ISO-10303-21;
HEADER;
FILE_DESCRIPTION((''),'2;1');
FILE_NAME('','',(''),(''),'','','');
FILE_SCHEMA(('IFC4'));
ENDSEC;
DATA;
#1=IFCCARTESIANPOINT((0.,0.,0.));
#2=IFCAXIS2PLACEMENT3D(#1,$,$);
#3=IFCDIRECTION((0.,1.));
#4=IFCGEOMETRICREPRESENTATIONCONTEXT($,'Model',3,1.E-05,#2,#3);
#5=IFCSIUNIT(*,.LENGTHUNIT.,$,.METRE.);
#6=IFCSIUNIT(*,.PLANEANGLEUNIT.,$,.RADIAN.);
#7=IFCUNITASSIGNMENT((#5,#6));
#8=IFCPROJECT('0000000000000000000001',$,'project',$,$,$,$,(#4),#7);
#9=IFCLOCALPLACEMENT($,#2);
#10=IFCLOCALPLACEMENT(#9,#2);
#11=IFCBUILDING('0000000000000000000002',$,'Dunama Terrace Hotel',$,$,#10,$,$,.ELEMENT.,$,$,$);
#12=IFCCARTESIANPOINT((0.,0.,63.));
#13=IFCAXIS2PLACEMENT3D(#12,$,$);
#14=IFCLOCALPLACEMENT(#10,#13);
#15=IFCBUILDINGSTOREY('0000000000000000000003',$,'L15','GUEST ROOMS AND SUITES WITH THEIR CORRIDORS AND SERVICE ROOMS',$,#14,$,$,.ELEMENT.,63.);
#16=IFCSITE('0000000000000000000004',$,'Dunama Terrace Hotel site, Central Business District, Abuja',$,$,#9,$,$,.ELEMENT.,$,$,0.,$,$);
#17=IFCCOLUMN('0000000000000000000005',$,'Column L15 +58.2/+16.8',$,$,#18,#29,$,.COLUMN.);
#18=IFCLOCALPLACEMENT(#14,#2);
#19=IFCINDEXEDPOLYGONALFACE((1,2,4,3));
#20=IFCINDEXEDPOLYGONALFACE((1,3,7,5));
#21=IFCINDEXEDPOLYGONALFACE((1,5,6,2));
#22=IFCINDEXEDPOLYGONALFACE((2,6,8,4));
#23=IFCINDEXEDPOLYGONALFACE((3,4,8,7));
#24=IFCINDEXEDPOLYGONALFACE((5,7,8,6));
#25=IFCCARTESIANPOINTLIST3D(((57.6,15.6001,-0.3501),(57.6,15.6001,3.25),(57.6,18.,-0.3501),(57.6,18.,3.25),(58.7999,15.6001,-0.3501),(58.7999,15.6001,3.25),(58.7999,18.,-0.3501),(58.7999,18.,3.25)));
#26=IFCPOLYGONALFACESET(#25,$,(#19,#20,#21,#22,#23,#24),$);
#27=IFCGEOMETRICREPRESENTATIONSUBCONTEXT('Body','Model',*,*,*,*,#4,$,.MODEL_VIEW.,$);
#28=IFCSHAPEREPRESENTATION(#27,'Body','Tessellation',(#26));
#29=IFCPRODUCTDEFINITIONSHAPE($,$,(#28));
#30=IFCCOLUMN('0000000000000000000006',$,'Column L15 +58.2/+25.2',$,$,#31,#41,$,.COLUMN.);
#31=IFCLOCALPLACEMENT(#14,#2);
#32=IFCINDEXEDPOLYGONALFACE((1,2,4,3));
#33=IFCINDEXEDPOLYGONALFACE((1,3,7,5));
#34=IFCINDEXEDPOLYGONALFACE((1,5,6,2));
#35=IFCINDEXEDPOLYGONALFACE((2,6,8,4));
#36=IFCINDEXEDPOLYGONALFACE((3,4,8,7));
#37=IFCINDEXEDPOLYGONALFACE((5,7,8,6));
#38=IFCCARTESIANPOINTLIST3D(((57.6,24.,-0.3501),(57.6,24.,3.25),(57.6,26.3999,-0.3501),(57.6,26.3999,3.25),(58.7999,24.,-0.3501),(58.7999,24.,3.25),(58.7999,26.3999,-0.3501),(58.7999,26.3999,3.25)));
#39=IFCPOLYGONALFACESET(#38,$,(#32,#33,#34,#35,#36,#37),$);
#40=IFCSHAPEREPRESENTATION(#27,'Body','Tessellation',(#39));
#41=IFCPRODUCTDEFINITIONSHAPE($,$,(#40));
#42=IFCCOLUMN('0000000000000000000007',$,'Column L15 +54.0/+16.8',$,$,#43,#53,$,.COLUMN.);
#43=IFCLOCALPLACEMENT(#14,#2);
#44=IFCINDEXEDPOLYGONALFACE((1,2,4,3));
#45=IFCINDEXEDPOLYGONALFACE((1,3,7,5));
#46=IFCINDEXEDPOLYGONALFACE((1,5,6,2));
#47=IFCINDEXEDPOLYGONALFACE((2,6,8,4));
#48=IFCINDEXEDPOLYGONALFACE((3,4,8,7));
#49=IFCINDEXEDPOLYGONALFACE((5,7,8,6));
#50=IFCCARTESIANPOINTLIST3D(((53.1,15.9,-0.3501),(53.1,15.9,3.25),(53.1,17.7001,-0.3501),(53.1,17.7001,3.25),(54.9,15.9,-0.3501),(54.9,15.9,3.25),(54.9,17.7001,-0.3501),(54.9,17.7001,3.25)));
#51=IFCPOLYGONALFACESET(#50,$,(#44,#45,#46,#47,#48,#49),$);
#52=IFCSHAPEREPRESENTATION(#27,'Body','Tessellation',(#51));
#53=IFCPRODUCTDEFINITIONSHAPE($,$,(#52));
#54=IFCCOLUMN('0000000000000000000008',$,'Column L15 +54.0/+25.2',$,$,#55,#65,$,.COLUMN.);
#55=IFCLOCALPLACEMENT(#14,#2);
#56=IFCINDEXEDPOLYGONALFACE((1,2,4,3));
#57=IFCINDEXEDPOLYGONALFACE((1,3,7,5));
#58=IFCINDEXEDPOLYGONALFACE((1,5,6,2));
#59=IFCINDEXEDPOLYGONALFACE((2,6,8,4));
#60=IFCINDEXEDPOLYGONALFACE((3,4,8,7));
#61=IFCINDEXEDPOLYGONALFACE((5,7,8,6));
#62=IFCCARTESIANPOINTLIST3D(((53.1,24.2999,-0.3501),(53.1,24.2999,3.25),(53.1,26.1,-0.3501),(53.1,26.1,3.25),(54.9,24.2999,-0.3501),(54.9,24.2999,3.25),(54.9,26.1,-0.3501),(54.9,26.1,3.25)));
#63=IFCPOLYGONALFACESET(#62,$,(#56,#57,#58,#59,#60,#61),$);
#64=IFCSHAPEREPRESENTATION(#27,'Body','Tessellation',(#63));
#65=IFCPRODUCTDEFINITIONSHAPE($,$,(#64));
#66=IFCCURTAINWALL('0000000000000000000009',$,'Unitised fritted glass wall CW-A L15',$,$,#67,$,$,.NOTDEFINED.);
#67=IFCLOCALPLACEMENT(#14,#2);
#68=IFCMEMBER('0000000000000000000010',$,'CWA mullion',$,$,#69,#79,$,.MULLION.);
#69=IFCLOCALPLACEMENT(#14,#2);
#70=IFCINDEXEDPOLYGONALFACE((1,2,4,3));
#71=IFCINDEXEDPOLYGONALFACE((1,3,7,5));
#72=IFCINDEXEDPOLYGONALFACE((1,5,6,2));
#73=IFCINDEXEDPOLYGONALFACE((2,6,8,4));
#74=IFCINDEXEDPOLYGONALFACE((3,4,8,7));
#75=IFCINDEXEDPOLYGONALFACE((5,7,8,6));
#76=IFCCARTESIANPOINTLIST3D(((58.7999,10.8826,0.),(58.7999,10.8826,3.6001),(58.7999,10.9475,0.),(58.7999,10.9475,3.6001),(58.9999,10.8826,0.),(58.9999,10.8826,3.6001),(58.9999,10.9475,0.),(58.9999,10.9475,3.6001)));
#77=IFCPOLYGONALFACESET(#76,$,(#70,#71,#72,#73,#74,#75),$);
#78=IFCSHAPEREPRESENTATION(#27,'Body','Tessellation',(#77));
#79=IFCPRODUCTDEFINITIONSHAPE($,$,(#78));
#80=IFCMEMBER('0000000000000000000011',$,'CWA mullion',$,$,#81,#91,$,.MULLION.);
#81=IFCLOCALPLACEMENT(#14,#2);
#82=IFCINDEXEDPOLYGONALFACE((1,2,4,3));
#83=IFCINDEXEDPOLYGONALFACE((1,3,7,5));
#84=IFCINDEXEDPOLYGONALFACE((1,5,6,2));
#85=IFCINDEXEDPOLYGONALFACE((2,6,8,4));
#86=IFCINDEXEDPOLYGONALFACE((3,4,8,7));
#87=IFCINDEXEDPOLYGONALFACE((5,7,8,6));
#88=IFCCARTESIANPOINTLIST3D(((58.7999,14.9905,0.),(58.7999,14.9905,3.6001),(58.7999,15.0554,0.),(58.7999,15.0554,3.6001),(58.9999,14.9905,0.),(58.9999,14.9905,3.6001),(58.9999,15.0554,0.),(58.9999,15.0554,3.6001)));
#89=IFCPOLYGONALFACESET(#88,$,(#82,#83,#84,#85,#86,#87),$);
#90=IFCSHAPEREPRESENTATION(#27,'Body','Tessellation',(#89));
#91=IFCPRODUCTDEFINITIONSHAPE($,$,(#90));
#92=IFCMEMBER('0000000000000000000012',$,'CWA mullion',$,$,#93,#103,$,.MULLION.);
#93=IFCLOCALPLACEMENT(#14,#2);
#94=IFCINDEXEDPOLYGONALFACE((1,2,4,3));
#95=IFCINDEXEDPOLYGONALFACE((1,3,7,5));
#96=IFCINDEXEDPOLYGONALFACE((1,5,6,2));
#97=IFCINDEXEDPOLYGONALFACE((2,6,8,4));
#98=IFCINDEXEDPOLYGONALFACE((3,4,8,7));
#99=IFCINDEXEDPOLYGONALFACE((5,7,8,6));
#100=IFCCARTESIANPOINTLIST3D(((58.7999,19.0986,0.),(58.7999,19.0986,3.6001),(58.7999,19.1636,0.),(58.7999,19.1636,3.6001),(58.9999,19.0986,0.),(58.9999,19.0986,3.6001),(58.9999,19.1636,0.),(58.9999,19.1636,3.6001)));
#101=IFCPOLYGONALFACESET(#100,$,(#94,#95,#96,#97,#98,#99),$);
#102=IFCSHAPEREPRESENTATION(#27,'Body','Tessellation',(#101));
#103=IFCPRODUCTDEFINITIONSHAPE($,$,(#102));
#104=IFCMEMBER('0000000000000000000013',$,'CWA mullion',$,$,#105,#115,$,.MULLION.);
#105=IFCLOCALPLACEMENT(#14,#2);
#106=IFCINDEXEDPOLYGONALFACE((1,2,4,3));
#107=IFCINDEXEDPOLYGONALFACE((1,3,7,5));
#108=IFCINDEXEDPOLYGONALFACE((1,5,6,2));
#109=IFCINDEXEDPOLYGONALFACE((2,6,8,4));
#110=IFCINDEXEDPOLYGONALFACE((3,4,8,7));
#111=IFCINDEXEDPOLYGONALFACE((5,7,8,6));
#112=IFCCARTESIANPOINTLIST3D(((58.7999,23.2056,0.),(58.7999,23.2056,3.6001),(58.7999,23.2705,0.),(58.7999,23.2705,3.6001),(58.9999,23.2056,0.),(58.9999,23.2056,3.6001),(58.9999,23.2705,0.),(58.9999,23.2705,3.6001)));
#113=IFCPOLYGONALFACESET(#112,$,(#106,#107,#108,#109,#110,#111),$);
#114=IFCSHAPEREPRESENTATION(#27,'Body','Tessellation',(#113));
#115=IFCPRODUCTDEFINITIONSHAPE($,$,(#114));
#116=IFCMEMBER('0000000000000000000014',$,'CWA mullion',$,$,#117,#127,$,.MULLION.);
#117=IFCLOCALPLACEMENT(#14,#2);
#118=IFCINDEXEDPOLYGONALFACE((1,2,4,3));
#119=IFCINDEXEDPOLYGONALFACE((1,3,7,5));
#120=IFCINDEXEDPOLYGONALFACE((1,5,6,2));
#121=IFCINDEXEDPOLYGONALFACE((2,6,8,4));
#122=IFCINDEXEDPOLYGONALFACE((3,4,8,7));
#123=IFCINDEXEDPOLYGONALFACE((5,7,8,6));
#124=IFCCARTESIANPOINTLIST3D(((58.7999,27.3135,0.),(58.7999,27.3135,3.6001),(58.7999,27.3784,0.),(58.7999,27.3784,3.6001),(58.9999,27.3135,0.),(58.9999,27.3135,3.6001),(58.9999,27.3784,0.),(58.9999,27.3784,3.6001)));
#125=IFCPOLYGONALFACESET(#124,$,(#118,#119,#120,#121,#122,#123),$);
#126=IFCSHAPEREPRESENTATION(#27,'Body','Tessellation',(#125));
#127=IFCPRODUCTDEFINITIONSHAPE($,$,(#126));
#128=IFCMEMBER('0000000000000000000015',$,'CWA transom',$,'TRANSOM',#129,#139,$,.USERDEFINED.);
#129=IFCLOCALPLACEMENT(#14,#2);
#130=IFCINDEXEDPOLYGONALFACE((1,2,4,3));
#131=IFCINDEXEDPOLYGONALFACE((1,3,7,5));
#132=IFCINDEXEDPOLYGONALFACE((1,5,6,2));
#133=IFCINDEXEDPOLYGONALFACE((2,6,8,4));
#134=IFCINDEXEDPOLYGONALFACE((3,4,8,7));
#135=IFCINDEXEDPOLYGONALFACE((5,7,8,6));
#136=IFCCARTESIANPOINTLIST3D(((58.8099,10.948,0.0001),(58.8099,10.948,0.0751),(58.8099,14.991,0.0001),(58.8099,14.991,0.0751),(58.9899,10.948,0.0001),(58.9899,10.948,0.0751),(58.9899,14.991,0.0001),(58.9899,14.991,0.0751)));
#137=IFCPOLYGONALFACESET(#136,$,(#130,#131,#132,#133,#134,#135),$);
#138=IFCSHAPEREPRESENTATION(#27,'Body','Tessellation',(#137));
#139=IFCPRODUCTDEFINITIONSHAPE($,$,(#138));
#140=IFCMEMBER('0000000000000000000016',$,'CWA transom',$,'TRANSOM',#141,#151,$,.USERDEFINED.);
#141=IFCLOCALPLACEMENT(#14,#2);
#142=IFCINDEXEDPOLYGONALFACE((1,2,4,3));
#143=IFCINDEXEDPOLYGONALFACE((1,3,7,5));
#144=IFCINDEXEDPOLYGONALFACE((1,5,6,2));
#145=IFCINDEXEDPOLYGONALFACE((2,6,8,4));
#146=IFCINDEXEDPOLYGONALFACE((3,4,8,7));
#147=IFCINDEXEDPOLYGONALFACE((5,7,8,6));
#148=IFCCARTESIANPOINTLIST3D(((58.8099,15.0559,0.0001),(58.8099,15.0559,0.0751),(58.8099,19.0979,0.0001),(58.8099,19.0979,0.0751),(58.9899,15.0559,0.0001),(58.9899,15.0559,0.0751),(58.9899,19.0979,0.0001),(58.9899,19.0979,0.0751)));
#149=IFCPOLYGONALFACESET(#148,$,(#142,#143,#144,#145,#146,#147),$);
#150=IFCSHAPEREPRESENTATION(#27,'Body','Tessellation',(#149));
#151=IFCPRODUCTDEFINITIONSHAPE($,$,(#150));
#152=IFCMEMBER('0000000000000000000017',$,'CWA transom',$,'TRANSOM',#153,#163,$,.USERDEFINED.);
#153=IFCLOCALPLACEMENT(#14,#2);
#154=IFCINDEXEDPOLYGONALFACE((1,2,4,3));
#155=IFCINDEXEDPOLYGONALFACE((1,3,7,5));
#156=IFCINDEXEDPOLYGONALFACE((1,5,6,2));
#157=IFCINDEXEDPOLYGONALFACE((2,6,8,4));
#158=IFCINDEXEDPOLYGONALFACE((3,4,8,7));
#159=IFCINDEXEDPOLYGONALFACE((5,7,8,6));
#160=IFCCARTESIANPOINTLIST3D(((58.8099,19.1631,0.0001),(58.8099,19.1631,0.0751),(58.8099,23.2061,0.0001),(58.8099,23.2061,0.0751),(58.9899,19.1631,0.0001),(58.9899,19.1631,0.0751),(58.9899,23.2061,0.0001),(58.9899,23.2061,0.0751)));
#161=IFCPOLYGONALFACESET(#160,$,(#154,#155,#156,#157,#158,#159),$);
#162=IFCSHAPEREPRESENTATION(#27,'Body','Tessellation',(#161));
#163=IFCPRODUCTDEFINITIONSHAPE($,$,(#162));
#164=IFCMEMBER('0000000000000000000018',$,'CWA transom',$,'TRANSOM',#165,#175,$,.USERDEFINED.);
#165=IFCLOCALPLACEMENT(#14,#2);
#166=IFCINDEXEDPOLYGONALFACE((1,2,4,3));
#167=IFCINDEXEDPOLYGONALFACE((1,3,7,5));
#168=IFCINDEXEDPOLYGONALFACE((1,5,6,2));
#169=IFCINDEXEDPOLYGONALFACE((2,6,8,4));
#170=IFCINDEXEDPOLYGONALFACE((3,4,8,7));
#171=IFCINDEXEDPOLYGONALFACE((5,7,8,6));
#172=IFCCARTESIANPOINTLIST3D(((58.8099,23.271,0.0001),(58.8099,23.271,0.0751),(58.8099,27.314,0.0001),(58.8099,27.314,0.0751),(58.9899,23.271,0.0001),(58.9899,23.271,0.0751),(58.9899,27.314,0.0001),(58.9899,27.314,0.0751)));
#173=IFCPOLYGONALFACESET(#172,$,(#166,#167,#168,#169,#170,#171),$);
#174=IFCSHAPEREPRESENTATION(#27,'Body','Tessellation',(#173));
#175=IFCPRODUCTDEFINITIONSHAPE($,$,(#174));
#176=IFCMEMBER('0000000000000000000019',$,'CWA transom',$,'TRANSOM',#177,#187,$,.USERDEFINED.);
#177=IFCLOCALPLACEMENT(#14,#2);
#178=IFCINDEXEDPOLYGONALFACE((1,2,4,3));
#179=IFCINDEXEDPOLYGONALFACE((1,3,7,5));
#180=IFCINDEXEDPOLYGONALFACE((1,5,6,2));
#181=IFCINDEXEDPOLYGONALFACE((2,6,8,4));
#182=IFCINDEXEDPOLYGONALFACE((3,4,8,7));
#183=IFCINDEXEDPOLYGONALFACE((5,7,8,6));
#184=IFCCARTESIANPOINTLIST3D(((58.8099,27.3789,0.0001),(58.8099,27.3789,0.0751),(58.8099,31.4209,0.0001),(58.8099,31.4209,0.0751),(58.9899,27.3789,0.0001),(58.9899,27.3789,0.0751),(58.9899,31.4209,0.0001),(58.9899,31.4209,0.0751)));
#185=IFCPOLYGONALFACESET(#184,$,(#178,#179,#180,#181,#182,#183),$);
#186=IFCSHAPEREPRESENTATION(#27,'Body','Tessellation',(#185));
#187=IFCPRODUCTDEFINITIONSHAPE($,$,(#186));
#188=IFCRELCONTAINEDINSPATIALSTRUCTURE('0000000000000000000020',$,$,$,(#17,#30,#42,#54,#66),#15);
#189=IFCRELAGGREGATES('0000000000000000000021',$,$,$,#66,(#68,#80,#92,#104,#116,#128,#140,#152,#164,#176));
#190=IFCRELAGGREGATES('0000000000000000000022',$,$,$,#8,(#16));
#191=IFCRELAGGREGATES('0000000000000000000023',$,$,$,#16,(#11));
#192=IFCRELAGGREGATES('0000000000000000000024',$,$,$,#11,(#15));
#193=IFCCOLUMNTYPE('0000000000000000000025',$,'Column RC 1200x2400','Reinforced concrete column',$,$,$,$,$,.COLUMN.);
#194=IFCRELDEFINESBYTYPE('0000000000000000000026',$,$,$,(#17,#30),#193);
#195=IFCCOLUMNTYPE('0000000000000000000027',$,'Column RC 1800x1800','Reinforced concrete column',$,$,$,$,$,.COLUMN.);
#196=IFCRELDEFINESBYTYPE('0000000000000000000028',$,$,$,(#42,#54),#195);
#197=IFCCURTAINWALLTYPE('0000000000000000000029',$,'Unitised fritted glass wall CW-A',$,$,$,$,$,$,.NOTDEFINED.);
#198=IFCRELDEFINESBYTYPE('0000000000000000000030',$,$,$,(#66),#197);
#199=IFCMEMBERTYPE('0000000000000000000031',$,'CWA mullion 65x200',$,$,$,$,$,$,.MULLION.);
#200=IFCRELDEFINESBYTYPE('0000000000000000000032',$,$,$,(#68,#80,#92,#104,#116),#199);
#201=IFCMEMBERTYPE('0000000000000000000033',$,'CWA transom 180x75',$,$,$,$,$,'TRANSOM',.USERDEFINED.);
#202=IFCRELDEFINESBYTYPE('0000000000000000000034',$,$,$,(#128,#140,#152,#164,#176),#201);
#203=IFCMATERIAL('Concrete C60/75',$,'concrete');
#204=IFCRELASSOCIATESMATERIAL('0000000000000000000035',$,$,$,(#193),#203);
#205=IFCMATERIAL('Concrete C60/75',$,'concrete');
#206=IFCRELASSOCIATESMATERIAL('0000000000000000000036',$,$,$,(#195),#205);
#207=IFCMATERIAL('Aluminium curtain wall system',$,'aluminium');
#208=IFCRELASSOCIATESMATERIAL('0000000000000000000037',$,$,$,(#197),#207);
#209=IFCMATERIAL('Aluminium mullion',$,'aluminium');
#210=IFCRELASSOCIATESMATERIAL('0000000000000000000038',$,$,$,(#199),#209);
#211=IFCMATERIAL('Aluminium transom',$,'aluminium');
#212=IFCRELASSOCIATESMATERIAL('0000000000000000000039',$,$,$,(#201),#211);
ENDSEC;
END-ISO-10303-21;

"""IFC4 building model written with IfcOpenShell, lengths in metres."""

from ifc_helpers import new_model, si_unit, direction, frame, origin, origin_2d, place, context, subcontext, project, spatial, rectangle, extrude, material, material_profile, profile_set, type_object, element, aggregate, save


model = new_model("IFC4")

# Units and contexts
model_context = context("Model", 3, precision=1e-05, world=origin(), true_north=direction((0.0, 1.0)))
body_context = subcontext(model_context, "Body", "Model", "MODEL_VIEW")
ifc_project = project(units=[si_unit("LENGTHUNIT", "METRE"), si_unit("PLANEANGLEUNIT", "RADIAN")], contexts=[model_context])

# Site, building, storey
site_placement = place(None, origin())
site = spatial("IfcSite", under=ifc_project, at=site_placement, Name="Dunama Terrace Hotel site, Central Business District, Abuja", CompositionType="ELEMENT", RefElevation=0.0)
building_placement = place(site_placement, origin())
building = spatial("IfcBuilding", under=site, at=building_placement, Name="Dunama Terrace Hotel", CompositionType="ELEMENT")
storey_placement = place(building_placement, frame((0.0, 0.0, 63.0)))
storey = spatial("IfcBuildingStorey", under=building, at=storey_placement, Name="L15", Description="GUEST ROOMS AND SUITES WITH THEIR CORRIDORS AND SERVICE ROOMS", CompositionType="ELEMENT", Elevation=63.0)

# Columns
ifc_material_1 = material(Name="Concrete C60/75", Category="concrete")
ifc_material_profile_1 = material_profile(ifc_material_1, rectangle(XDim=1.2, YDim=2.3999, at=origin_2d()), Name="RC 1200x2400")
ifc_profile_set_1 = profile_set([ifc_material_profile_1], Name="Concrete C60/75")
column_type_1 = type_object("IfcColumnType", Name="Column RC 1200x2400", Description="Reinforced concrete column", PredefinedType="COLUMN", material=ifc_profile_set_1)
for number, where, z_axis, x_axis, name in (
    (1, (58.2, 16.8, -0.3501), (0.0, 0.0, 1.0), (1.0, 0.0, 0.0), "Column L15 +58.2/+16.8"),
    (2, (58.2, 25.2, -0.3501), (0.0, 0.0, 1.0), (1.0, 0.0, 0.0), "Column L15 +58.2/+25.2"),
):
    element("IfcColumn", number, at=place(storey_placement, frame(where, z_axis=z_axis, x_axis=x_axis)), inside=storey, type_object=column_type_1, Name=name, PredefinedType="COLUMN", context=body_context, shape_type="SweptSolid", body=[
        extrude(rectangle(XDim=1.2, YDim=2.3999, at=origin_2d()), origin(), (0.0, 0.0, 1.0), 3.6001),
    ])
ifc_material_2 = material(Name="Concrete C60/75", Category="concrete")
ifc_material_profile_2 = material_profile(ifc_material_2, rectangle(XDim=1.8, YDim=1.8, at=origin_2d()), Name="RC 1800x1800")
ifc_profile_set_2 = profile_set([ifc_material_profile_2], Name="Concrete C60/75")
column_type_2 = type_object("IfcColumnType", Name="Column RC 1800x1800", Description="Reinforced concrete column", PredefinedType="COLUMN", material=ifc_profile_set_2)
for number, where, z_axis, x_axis, name in (
    (3, (54.0, 16.8, -0.3501), (0.0, 0.0, 1.0), (1.0, 0.0, 0.0), "Column L15 +54.0/+16.8"),
    (4, (54.0, 25.2, -0.3501), (0.0, 0.0, 1.0), (1.0, 0.0, 0.0), "Column L15 +54.0/+25.2"),
):
    element("IfcColumn", number, at=place(storey_placement, frame(where, z_axis=z_axis, x_axis=x_axis)), inside=storey, type_object=column_type_2, Name=name, PredefinedType="COLUMN", context=body_context, shape_type="SweptSolid", body=[
        extrude(rectangle(XDim=1.8, YDim=1.8, at=origin_2d()), origin(), (0.0, 0.0, 1.0), 3.6001),
    ])

# Curtain wall, members
ifc_material_3 = material(Name="Aluminium curtain wall system", Category="aluminium")
curtain_wall_type = type_object("IfcCurtainWallType", Name="Unitised fritted glass wall CW-A", PredefinedType="NOTDEFINED", material=ifc_material_3)
curtain_wall_placement = place(storey_placement, origin())
curtain_wall = element("IfcCurtainWall", 5, at=curtain_wall_placement, inside=storey, type_object=curtain_wall_type, Name="Unitised fritted glass wall CW-A L15", PredefinedType="NOTDEFINED")
ifc_material_4 = material(Name="Aluminium mullion", Category="aluminium")
ifc_material_profile_3 = material_profile(ifc_material_4, rectangle(XDim=0.0649, YDim=0.2, at=origin_2d()), Name="CWA MULLION 65X200")
ifc_profile_set_3 = profile_set([ifc_material_profile_3], Name="Aluminium mullion")
member_type_1 = type_object("IfcMemberType", Name="CWA mullion 65x200", PredefinedType="MULLION", material=ifc_profile_set_3)
member_1_placement = place(storey_placement, frame((58.8999, 10.915, 0.0), z_axis=(0.0, 0.0, 1.0), x_axis=(0.0, 1.0, 0.0)))
member_1 = element("IfcMember", 6, at=member_1_placement, type_object=member_type_1, Name="CWA mullion", PredefinedType="MULLION", context=body_context, shape_type="SweptSolid", body=[
    extrude(rectangle(XDim=0.0649, YDim=0.2, at=origin_2d()), origin(), (0.0, 0.0, 1.0), 3.6001),
])
member_2_placement = place(storey_placement, frame((58.8999, 15.0229, 0.0), z_axis=(0.0, 0.0, 1.0), x_axis=(0.0, 1.0, 0.0)))
member_2 = element("IfcMember", 7, at=member_2_placement, type_object=member_type_1, Name="CWA mullion", PredefinedType="MULLION", context=body_context, shape_type="SweptSolid", body=[
    extrude(rectangle(XDim=0.0649, YDim=0.2, at=origin_2d()), origin(), (0.0, 0.0, 1.0), 3.6001),
])
member_3_placement = place(storey_placement, frame((58.8999, 19.1311, 0.0), z_axis=(0.0, 0.0, 1.0), x_axis=(0.0, 1.0, 0.0)))
member_3 = element("IfcMember", 8, at=member_3_placement, type_object=member_type_1, Name="CWA mullion", PredefinedType="MULLION", context=body_context, shape_type="SweptSolid", body=[
    extrude(rectangle(XDim=0.0649, YDim=0.2, at=origin_2d()), origin(), (0.0, 0.0, 1.0), 3.6001),
])
member_4_placement = place(storey_placement, frame((58.8999, 23.238, 0.0), z_axis=(0.0, 0.0, 1.0), x_axis=(0.0, 1.0, 0.0)))
member_4 = element("IfcMember", 9, at=member_4_placement, type_object=member_type_1, Name="CWA mullion", PredefinedType="MULLION", context=body_context, shape_type="SweptSolid", body=[
    extrude(rectangle(XDim=0.0649, YDim=0.2, at=origin_2d()), origin(), (0.0, 0.0, 1.0), 3.6001),
])
member_5_placement = place(storey_placement, frame((58.8999, 27.3459, 0.0), z_axis=(0.0, 0.0, 1.0), x_axis=(0.0, 1.0, 0.0)))
member_5 = element("IfcMember", 10, at=member_5_placement, type_object=member_type_1, Name="CWA mullion", PredefinedType="MULLION", context=body_context, shape_type="SweptSolid", body=[
    extrude(rectangle(XDim=0.0649, YDim=0.2, at=origin_2d()), origin(), (0.0, 0.0, 1.0), 3.6001),
])
ifc_material_5 = material(Name="Aluminium transom", Category="aluminium")
ifc_material_profile_4 = material_profile(ifc_material_5, rectangle(XDim=0.1799, YDim=0.075, at=origin_2d()), Name="CWA TRANSOM 180X75")
ifc_profile_set_4 = profile_set([ifc_material_profile_4], Name="Aluminium transom")
member_type_2 = type_object("IfcMemberType", Name="CWA transom 180x75", ElementType="TRANSOM", PredefinedType="USERDEFINED", material=ifc_profile_set_4)
member_6_placement = place(storey_placement, frame((58.8999, 10.948, 0.0376), z_axis=(0.0, 1.0, 0.0), x_axis=(-1.0, 0.0, 0.0)))
member_6 = element("IfcMember", 11, at=member_6_placement, type_object=member_type_2, Name="CWA transom", ObjectType="TRANSOM", PredefinedType="USERDEFINED", context=body_context, shape_type="SweptSolid", body=[
    extrude(rectangle(XDim=0.1799, YDim=0.075, at=origin_2d()), origin(), (0.0, 0.0, 1.0), 4.043),
])
member_7_placement = place(storey_placement, frame((58.8999, 15.0559, 0.0376), z_axis=(0.0, 1.0, 0.0), x_axis=(-1.0, 0.0, 0.0)))
member_7 = element("IfcMember", 12, at=member_7_placement, type_object=member_type_2, Name="CWA transom", ObjectType="TRANSOM", PredefinedType="USERDEFINED", context=body_context, shape_type="SweptSolid", body=[
    extrude(rectangle(XDim=0.1799, YDim=0.075, at=origin_2d()), origin(), (0.0, 0.0, 1.0), 4.042),
])
member_8_placement = place(storey_placement, frame((58.8999, 19.1631, 0.0376), z_axis=(0.0, 1.0, 0.0), x_axis=(-1.0, 0.0, 0.0)))
member_8 = element("IfcMember", 13, at=member_8_placement, type_object=member_type_2, Name="CWA transom", ObjectType="TRANSOM", PredefinedType="USERDEFINED", context=body_context, shape_type="SweptSolid", body=[
    extrude(rectangle(XDim=0.1799, YDim=0.075, at=origin_2d()), origin(), (0.0, 0.0, 1.0), 4.043),
])
member_9_placement = place(storey_placement, frame((58.8999, 23.271, 0.0376), z_axis=(0.0, 1.0, 0.0), x_axis=(-1.0, 0.0, 0.0)))
member_9 = element("IfcMember", 14, at=member_9_placement, type_object=member_type_2, Name="CWA transom", ObjectType="TRANSOM", PredefinedType="USERDEFINED", context=body_context, shape_type="SweptSolid", body=[
    extrude(rectangle(XDim=0.1799, YDim=0.075, at=origin_2d()), origin(), (0.0, 0.0, 1.0), 4.043),
])
member_10_placement = place(storey_placement, frame((58.8999, 27.3789, 0.0376), z_axis=(0.0, 1.0, 0.0), x_axis=(-1.0, 0.0, 0.0)))
member_10 = element("IfcMember", 15, at=member_10_placement, type_object=member_type_2, Name="CWA transom", ObjectType="TRANSOM", PredefinedType="USERDEFINED", context=body_context, shape_type="SweptSolid", body=[
    extrude(rectangle(XDim=0.1799, YDim=0.075, at=origin_2d()), origin(), (0.0, 0.0, 1.0), 4.042),
])

aggregate(curtain_wall, [member_1, member_2, member_3, member_4, member_5, member_6, member_7, member_8, member_9, member_10])

save(model, "model.ifc")
